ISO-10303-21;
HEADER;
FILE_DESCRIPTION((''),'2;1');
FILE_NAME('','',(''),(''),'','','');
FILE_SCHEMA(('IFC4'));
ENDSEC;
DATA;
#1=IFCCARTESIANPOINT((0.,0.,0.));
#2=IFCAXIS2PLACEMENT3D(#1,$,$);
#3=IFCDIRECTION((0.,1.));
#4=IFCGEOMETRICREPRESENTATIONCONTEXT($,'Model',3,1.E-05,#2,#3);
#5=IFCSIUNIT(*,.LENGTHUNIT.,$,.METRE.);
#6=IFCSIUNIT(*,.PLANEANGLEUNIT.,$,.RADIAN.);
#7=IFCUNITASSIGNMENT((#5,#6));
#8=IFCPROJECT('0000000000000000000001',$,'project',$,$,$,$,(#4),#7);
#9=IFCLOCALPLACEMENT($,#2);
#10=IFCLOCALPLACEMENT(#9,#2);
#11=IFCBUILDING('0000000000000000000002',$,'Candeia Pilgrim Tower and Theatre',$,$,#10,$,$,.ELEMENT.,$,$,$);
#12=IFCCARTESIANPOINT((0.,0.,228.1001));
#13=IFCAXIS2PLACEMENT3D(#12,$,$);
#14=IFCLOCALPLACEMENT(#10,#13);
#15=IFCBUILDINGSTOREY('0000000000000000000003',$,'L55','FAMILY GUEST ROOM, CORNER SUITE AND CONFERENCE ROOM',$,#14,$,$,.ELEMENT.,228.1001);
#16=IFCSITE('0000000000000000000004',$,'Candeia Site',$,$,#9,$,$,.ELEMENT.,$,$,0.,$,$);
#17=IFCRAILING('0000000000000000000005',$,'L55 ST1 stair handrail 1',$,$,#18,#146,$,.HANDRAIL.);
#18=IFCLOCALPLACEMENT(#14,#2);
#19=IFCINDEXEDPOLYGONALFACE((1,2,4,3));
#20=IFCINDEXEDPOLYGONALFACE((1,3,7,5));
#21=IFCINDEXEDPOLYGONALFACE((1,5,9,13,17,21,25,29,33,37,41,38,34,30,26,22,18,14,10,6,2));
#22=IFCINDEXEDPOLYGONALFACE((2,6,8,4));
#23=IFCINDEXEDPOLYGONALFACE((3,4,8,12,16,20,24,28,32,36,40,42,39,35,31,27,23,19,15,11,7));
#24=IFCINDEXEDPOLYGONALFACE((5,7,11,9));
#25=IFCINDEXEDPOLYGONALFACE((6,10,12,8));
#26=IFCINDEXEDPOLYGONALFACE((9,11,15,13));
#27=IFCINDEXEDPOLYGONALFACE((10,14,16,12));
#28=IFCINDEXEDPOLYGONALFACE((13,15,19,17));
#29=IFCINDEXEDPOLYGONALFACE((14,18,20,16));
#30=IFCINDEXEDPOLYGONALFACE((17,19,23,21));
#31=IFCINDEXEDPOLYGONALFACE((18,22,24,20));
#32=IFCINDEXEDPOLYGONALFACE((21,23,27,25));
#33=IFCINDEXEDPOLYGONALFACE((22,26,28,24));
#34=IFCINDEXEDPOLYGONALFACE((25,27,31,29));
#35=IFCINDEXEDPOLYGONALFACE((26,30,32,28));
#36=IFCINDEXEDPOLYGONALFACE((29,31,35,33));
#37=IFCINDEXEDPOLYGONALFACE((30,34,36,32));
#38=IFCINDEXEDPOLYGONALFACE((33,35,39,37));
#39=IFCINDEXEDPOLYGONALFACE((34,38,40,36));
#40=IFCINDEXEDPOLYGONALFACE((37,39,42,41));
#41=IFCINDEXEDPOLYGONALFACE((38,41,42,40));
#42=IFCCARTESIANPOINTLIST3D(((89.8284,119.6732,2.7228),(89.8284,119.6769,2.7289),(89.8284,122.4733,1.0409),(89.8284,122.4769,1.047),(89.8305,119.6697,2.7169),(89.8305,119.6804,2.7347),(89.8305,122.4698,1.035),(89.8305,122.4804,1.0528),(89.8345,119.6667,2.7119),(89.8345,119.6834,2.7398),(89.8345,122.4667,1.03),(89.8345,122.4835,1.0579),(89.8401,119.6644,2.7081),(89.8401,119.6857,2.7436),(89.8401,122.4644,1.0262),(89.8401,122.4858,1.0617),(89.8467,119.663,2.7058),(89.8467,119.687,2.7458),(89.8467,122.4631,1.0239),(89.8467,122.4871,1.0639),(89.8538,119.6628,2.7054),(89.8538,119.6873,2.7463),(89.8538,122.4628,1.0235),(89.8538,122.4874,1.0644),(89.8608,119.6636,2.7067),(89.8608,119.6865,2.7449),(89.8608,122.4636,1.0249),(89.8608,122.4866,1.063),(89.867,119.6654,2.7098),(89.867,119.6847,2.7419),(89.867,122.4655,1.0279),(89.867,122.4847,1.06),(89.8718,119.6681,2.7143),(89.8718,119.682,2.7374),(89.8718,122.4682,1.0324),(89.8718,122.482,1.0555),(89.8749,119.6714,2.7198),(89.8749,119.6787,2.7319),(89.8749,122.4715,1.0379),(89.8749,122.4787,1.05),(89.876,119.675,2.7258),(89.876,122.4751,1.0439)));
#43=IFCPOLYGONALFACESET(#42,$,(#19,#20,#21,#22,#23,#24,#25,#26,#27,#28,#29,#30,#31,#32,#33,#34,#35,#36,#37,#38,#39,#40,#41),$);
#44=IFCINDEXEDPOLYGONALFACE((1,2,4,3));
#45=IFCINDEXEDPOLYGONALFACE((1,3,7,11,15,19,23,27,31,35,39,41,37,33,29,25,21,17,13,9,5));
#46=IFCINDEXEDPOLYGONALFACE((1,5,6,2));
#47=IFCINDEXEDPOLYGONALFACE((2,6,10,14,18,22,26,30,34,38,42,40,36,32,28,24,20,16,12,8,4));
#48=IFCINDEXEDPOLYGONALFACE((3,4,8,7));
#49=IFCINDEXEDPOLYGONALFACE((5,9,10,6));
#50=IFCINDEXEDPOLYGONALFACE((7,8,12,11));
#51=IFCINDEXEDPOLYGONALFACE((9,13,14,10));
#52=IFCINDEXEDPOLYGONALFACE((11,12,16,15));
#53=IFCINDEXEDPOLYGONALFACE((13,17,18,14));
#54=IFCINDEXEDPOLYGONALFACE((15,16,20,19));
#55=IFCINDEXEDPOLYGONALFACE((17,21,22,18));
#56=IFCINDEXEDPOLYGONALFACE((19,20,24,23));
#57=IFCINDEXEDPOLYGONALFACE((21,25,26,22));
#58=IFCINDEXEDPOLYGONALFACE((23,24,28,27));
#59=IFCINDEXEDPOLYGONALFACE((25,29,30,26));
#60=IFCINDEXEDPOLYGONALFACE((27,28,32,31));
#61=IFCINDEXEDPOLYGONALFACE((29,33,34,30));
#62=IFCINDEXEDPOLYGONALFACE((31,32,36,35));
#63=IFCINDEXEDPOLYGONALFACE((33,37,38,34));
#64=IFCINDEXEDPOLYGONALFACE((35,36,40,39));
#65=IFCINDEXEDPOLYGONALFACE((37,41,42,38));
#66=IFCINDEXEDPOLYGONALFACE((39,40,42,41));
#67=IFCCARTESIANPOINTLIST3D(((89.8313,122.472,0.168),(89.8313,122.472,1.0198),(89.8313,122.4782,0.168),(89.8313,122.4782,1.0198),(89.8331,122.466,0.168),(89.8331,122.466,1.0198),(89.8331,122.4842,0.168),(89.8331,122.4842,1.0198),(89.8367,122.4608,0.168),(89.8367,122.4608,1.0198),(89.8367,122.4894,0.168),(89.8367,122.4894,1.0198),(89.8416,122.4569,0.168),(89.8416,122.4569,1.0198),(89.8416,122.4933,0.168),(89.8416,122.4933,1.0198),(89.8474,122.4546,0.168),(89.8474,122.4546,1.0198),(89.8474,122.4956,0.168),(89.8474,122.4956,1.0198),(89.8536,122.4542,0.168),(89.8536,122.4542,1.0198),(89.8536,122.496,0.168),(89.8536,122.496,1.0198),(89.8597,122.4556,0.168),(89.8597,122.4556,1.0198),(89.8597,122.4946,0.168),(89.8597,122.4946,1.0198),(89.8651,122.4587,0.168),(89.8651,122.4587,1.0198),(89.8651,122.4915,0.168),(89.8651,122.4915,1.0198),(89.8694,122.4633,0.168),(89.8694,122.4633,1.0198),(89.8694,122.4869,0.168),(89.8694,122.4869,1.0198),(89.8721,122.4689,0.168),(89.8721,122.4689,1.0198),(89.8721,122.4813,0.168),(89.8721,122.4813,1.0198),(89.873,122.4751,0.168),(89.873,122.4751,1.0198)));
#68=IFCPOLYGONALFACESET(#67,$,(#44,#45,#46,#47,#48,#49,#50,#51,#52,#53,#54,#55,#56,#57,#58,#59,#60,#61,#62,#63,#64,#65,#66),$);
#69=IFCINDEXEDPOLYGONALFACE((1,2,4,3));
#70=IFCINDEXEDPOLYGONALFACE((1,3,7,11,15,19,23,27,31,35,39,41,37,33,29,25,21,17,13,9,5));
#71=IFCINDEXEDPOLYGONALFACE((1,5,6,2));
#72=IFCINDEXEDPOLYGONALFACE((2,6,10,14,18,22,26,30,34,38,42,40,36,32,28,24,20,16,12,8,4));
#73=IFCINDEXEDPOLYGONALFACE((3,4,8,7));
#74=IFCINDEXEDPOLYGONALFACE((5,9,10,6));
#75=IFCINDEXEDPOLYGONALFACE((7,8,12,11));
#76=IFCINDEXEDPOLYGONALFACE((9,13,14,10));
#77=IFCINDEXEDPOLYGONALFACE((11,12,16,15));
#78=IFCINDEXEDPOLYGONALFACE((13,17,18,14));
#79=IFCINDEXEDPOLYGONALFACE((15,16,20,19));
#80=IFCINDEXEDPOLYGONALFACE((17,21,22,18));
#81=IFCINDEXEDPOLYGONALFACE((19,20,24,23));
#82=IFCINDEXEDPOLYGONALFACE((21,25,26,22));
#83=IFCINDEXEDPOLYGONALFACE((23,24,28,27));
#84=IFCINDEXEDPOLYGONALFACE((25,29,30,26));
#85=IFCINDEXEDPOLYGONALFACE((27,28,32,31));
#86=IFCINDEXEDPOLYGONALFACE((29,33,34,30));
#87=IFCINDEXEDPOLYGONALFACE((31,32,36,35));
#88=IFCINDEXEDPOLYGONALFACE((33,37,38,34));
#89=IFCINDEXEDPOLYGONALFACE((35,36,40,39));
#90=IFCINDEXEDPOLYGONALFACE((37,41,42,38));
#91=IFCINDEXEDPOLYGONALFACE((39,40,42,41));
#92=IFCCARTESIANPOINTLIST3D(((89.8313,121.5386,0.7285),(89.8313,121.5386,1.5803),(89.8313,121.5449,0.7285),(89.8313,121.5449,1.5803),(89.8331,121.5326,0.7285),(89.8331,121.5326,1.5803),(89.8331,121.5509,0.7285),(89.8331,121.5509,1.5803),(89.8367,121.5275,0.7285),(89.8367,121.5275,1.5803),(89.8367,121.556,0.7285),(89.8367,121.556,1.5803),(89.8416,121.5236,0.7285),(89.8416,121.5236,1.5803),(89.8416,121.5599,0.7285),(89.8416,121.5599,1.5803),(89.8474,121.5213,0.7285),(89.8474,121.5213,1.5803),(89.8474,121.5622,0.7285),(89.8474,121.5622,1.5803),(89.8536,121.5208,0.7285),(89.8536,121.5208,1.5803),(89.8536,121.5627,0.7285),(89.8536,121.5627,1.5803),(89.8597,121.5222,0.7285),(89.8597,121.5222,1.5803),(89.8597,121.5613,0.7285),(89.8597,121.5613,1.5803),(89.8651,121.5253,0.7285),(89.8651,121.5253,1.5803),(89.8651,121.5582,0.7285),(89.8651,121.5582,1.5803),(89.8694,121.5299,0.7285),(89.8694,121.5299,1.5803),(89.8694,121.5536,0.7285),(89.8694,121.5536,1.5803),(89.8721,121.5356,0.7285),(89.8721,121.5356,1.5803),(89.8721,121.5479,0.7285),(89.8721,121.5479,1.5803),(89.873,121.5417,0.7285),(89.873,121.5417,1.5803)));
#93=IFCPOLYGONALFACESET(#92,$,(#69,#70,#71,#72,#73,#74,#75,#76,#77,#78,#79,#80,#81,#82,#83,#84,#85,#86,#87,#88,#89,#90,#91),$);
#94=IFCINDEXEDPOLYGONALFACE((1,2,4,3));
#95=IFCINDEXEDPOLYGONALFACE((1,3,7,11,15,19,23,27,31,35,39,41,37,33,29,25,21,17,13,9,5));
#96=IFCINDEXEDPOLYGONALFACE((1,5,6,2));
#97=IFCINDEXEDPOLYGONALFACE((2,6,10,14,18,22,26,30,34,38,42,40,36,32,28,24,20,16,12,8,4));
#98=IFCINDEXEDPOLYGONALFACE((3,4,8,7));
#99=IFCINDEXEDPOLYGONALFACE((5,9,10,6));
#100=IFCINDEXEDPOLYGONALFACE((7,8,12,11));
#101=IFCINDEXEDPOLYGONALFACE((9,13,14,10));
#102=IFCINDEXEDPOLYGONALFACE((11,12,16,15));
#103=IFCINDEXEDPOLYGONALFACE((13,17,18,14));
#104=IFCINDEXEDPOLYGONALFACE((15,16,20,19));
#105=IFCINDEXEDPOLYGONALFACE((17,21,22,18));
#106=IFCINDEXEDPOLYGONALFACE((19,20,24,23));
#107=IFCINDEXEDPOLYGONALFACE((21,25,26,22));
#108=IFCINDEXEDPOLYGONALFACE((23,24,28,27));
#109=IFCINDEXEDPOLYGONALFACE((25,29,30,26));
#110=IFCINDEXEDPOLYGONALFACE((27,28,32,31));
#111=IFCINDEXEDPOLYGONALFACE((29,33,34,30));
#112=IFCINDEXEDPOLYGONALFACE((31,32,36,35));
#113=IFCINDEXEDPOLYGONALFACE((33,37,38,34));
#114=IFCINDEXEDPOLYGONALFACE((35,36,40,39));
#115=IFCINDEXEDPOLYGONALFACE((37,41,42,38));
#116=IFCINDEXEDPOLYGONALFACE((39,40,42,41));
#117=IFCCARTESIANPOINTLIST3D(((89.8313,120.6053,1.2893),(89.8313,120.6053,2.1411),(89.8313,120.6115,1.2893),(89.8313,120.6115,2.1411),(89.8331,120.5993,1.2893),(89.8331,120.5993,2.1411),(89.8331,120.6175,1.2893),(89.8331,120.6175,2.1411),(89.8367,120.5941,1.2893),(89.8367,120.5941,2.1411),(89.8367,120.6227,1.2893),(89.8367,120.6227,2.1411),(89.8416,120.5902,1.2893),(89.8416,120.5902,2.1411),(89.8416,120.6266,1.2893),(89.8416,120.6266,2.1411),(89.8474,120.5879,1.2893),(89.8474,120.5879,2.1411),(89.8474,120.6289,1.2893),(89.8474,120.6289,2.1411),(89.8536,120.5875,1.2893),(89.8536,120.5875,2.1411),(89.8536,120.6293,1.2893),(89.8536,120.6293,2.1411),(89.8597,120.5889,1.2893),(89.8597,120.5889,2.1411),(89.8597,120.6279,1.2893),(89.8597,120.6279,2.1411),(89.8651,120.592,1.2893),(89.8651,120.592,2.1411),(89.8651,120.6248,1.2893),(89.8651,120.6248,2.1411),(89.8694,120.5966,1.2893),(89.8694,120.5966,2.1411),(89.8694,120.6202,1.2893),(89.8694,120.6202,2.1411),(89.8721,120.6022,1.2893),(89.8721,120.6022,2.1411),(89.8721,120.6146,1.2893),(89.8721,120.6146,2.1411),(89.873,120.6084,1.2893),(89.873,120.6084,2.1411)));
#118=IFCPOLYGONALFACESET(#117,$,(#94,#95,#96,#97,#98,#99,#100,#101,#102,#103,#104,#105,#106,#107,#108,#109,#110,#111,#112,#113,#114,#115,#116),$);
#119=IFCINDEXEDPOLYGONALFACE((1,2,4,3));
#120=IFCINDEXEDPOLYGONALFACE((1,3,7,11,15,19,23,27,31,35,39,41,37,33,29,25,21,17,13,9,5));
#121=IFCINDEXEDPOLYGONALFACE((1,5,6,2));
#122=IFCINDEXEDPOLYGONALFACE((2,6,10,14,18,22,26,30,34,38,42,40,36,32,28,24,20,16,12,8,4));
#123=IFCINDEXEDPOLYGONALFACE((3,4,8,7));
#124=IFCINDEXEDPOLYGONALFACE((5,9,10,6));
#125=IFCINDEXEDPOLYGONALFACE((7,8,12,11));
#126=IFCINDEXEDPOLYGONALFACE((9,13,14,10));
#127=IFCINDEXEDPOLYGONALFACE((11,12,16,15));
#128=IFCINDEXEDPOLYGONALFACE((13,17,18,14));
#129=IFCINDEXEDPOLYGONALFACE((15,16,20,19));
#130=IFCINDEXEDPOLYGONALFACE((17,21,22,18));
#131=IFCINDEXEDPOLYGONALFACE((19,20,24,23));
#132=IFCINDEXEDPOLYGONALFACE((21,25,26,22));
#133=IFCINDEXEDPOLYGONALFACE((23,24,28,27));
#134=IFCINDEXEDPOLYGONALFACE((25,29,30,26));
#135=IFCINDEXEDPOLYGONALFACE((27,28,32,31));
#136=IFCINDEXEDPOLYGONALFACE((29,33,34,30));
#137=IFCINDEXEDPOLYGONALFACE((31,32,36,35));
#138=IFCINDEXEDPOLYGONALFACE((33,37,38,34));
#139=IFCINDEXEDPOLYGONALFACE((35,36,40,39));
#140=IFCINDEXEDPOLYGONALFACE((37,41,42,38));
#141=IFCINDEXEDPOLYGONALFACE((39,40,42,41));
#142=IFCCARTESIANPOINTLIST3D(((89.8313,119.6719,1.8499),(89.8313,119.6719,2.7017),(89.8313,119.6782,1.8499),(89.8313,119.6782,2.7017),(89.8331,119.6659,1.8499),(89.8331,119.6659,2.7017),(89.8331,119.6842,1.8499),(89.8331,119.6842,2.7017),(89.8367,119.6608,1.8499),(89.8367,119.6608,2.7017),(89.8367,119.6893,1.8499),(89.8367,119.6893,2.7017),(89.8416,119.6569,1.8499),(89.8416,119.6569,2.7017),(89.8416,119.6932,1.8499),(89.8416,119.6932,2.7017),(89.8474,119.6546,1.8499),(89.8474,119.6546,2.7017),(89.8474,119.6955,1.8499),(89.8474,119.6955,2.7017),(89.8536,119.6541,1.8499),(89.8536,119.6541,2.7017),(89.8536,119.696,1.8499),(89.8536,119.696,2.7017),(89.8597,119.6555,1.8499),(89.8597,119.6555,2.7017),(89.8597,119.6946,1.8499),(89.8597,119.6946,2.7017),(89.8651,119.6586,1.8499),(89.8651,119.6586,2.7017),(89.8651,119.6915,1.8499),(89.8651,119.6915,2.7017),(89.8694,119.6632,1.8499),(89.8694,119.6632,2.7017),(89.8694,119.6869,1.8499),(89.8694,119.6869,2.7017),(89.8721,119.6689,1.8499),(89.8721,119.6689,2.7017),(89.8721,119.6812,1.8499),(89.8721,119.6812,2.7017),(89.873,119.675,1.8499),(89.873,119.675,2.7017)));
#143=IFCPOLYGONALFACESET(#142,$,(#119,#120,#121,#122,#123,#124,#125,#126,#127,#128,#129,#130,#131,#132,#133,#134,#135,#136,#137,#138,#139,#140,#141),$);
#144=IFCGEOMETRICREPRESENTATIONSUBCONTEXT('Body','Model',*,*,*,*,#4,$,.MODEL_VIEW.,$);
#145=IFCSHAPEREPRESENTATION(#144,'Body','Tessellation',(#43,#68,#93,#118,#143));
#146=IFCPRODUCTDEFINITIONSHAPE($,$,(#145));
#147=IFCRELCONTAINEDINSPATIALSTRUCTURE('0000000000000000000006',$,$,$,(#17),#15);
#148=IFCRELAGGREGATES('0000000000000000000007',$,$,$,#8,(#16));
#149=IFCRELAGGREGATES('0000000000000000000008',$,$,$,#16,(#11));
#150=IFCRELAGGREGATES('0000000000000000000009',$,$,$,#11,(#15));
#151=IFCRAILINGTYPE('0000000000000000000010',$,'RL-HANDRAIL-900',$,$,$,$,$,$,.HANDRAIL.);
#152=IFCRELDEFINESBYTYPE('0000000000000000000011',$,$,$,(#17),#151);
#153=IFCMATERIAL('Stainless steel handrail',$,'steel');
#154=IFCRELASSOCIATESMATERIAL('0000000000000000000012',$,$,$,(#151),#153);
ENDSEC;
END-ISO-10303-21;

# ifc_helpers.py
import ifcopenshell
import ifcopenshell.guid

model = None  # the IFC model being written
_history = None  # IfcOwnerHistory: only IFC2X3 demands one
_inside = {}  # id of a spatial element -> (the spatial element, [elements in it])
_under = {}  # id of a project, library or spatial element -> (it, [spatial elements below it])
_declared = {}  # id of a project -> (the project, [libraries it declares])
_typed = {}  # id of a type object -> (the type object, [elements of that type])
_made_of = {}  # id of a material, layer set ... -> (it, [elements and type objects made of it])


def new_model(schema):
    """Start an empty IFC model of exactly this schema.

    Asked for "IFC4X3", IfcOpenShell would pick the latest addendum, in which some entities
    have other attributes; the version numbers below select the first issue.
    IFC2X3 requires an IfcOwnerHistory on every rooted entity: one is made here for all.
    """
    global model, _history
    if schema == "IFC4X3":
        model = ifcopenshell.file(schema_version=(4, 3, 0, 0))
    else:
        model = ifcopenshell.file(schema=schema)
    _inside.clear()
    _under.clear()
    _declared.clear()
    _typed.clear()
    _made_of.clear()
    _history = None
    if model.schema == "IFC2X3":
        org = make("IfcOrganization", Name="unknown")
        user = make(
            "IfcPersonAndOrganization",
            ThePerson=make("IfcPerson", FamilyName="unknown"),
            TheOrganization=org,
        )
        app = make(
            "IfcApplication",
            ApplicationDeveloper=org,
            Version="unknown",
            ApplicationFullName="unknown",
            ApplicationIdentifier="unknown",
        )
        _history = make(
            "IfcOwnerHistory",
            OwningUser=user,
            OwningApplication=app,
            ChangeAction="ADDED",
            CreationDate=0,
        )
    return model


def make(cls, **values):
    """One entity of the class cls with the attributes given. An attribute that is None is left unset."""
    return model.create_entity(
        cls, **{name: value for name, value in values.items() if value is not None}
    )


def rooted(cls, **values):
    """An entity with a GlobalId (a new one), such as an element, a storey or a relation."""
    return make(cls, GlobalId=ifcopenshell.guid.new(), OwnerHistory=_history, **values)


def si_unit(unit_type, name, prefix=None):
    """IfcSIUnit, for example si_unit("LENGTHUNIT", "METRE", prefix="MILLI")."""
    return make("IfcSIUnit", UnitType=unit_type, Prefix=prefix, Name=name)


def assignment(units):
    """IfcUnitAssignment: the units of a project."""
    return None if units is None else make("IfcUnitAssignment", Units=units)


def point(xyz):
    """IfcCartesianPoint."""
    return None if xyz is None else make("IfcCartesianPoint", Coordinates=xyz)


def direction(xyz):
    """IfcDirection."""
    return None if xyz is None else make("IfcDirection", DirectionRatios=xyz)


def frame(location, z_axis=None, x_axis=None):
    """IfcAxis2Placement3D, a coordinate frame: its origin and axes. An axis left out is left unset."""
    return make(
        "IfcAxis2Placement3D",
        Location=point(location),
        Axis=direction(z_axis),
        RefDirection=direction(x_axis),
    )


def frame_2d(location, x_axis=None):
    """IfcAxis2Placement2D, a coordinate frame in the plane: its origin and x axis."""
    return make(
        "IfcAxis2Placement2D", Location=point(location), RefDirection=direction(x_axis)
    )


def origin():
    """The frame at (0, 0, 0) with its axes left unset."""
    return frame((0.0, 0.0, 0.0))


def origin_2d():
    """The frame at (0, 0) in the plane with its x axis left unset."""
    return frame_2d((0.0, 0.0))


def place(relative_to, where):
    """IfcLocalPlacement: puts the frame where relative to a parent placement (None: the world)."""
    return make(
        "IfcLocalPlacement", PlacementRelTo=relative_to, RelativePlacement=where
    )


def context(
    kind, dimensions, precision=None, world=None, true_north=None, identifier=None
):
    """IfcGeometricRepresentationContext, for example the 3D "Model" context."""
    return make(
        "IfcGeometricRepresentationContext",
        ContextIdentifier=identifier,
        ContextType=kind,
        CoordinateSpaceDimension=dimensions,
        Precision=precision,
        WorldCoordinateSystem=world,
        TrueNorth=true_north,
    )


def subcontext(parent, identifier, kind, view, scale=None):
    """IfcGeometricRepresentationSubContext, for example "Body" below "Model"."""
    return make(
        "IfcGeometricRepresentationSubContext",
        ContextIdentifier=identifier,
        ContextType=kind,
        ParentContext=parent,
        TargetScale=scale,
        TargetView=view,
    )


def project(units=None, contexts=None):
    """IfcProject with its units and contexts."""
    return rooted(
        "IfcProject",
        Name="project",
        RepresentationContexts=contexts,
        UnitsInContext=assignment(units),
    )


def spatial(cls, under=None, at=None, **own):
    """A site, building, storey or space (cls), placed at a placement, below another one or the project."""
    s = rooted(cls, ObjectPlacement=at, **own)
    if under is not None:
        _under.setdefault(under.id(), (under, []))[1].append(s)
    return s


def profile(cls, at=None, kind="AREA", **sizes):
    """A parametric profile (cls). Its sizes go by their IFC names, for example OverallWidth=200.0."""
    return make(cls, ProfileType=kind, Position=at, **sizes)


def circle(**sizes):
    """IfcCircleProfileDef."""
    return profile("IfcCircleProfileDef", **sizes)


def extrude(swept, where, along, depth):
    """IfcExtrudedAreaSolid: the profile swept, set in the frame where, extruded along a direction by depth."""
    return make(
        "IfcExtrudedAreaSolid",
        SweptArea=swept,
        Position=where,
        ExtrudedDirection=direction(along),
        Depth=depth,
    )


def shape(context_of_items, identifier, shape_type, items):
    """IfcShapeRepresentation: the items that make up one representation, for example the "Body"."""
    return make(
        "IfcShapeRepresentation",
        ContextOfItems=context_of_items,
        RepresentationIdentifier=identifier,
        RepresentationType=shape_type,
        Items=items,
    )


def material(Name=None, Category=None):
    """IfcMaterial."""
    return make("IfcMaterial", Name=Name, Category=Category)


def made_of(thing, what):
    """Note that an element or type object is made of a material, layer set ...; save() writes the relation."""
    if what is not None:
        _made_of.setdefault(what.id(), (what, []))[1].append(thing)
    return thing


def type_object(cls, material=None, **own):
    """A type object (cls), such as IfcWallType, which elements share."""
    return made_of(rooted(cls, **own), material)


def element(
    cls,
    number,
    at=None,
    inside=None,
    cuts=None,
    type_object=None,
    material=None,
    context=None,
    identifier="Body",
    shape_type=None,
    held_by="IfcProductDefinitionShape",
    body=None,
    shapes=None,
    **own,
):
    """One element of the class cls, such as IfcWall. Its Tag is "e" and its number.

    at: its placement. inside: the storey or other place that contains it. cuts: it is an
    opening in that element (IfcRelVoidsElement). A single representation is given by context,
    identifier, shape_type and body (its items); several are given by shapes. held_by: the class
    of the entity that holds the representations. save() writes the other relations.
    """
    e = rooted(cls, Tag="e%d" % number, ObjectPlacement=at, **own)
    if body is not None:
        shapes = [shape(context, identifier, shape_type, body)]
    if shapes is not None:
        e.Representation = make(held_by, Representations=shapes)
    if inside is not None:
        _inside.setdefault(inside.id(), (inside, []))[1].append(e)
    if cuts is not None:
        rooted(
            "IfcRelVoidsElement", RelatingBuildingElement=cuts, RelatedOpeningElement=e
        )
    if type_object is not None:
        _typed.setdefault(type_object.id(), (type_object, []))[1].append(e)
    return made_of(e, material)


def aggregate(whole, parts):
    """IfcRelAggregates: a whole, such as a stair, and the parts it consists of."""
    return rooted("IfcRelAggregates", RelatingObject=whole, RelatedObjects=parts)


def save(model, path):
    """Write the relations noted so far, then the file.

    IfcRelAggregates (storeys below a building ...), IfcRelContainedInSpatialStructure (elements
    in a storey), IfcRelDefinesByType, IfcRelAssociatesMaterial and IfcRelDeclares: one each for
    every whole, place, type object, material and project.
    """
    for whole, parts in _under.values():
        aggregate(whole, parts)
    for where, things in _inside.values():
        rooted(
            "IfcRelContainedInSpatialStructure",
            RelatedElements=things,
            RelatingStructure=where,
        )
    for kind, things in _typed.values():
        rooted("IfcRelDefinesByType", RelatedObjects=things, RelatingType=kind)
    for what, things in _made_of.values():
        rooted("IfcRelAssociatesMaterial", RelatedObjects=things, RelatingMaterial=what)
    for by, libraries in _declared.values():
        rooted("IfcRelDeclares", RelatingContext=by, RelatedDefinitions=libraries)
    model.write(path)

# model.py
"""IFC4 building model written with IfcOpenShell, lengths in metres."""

from ifc_helpers import new_model, si_unit, direction, frame, origin, origin_2d, place, context, subcontext, project, spatial, circle, extrude, material, type_object, element, save


model = new_model("IFC4")

# Units and contexts
model_context = context("Model", 3, precision=1e-05, world=origin(), true_north=direction((0.0, 1.0)))
body_context = subcontext(model_context, "Body", "Model", "MODEL_VIEW")
ifc_project = project(units=[si_unit("LENGTHUNIT", "METRE"), si_unit("PLANEANGLEUNIT", "RADIAN")], contexts=[model_context])

# Site, building, storey
site_placement = place(None, origin())
site = spatial("IfcSite", under=ifc_project, at=site_placement, Name="Candeia Site", CompositionType="ELEMENT", RefElevation=0.0)
building_placement = place(site_placement, origin())
building = spatial("IfcBuilding", under=site, at=building_placement, Name="Candeia Pilgrim Tower and Theatre", CompositionType="ELEMENT")
storey_placement = place(building_placement, frame((0.0, 0.0, 228.1001)))
storey = spatial("IfcBuildingStorey", under=building, at=storey_placement, Name="L55", Description="FAMILY GUEST ROOM, CORNER SUITE AND CONFERENCE ROOM", CompositionType="ELEMENT", Elevation=228.1001)

# Railing
ifc_material_1 = material(Name="Stainless steel handrail", Category="steel")
railing_type_1 = type_object("IfcRailingType", Name="RL-HANDRAIL-900", PredefinedType="HANDRAIL", material=ifc_material_1)
for number, where, name in (
    (1, (89.8521, 122.4751, 0.168), "L55 ST1 stair handrail 1"),
):
    element("IfcRailing", number, at=place(storey_placement, frame(where)), inside=storey, type_object=railing_type_1, Name=name, PredefinedType="HANDRAIL", context=body_context, shape_type="SweptSolid", body=[
        extrude(circle(Radius=0.0239, at=origin_2d()), frame((0.0, 0.0, 0.876), z_axis=(0.0, -0.857242, 0.514913), x_axis=(1.0, 0.0, 0.0)), (0.0, 0.0, 1.0), 3.2664),
        extrude(circle(Radius=0.021, at=origin_2d()), origin(), (0.0, 0.0, 1.0), 0.8518),
        extrude(circle(Radius=0.021, at=origin_2d()), frame((0.0, -0.9333, 0.5605)), (0.0, 0.0, 1.0), 0.8518),
        extrude(circle(Radius=0.021, at=origin_2d()), frame((0.0, -1.8667, 1.1213)), (0.0, 0.0, 1.0), 0.8518),
        extrude(circle(Radius=0.021, at=origin_2d()), frame((0.0, -2.8, 1.6819)), (0.0, 0.0, 1.0), 0.8518),
    ])

save(model, "model.ifc")
